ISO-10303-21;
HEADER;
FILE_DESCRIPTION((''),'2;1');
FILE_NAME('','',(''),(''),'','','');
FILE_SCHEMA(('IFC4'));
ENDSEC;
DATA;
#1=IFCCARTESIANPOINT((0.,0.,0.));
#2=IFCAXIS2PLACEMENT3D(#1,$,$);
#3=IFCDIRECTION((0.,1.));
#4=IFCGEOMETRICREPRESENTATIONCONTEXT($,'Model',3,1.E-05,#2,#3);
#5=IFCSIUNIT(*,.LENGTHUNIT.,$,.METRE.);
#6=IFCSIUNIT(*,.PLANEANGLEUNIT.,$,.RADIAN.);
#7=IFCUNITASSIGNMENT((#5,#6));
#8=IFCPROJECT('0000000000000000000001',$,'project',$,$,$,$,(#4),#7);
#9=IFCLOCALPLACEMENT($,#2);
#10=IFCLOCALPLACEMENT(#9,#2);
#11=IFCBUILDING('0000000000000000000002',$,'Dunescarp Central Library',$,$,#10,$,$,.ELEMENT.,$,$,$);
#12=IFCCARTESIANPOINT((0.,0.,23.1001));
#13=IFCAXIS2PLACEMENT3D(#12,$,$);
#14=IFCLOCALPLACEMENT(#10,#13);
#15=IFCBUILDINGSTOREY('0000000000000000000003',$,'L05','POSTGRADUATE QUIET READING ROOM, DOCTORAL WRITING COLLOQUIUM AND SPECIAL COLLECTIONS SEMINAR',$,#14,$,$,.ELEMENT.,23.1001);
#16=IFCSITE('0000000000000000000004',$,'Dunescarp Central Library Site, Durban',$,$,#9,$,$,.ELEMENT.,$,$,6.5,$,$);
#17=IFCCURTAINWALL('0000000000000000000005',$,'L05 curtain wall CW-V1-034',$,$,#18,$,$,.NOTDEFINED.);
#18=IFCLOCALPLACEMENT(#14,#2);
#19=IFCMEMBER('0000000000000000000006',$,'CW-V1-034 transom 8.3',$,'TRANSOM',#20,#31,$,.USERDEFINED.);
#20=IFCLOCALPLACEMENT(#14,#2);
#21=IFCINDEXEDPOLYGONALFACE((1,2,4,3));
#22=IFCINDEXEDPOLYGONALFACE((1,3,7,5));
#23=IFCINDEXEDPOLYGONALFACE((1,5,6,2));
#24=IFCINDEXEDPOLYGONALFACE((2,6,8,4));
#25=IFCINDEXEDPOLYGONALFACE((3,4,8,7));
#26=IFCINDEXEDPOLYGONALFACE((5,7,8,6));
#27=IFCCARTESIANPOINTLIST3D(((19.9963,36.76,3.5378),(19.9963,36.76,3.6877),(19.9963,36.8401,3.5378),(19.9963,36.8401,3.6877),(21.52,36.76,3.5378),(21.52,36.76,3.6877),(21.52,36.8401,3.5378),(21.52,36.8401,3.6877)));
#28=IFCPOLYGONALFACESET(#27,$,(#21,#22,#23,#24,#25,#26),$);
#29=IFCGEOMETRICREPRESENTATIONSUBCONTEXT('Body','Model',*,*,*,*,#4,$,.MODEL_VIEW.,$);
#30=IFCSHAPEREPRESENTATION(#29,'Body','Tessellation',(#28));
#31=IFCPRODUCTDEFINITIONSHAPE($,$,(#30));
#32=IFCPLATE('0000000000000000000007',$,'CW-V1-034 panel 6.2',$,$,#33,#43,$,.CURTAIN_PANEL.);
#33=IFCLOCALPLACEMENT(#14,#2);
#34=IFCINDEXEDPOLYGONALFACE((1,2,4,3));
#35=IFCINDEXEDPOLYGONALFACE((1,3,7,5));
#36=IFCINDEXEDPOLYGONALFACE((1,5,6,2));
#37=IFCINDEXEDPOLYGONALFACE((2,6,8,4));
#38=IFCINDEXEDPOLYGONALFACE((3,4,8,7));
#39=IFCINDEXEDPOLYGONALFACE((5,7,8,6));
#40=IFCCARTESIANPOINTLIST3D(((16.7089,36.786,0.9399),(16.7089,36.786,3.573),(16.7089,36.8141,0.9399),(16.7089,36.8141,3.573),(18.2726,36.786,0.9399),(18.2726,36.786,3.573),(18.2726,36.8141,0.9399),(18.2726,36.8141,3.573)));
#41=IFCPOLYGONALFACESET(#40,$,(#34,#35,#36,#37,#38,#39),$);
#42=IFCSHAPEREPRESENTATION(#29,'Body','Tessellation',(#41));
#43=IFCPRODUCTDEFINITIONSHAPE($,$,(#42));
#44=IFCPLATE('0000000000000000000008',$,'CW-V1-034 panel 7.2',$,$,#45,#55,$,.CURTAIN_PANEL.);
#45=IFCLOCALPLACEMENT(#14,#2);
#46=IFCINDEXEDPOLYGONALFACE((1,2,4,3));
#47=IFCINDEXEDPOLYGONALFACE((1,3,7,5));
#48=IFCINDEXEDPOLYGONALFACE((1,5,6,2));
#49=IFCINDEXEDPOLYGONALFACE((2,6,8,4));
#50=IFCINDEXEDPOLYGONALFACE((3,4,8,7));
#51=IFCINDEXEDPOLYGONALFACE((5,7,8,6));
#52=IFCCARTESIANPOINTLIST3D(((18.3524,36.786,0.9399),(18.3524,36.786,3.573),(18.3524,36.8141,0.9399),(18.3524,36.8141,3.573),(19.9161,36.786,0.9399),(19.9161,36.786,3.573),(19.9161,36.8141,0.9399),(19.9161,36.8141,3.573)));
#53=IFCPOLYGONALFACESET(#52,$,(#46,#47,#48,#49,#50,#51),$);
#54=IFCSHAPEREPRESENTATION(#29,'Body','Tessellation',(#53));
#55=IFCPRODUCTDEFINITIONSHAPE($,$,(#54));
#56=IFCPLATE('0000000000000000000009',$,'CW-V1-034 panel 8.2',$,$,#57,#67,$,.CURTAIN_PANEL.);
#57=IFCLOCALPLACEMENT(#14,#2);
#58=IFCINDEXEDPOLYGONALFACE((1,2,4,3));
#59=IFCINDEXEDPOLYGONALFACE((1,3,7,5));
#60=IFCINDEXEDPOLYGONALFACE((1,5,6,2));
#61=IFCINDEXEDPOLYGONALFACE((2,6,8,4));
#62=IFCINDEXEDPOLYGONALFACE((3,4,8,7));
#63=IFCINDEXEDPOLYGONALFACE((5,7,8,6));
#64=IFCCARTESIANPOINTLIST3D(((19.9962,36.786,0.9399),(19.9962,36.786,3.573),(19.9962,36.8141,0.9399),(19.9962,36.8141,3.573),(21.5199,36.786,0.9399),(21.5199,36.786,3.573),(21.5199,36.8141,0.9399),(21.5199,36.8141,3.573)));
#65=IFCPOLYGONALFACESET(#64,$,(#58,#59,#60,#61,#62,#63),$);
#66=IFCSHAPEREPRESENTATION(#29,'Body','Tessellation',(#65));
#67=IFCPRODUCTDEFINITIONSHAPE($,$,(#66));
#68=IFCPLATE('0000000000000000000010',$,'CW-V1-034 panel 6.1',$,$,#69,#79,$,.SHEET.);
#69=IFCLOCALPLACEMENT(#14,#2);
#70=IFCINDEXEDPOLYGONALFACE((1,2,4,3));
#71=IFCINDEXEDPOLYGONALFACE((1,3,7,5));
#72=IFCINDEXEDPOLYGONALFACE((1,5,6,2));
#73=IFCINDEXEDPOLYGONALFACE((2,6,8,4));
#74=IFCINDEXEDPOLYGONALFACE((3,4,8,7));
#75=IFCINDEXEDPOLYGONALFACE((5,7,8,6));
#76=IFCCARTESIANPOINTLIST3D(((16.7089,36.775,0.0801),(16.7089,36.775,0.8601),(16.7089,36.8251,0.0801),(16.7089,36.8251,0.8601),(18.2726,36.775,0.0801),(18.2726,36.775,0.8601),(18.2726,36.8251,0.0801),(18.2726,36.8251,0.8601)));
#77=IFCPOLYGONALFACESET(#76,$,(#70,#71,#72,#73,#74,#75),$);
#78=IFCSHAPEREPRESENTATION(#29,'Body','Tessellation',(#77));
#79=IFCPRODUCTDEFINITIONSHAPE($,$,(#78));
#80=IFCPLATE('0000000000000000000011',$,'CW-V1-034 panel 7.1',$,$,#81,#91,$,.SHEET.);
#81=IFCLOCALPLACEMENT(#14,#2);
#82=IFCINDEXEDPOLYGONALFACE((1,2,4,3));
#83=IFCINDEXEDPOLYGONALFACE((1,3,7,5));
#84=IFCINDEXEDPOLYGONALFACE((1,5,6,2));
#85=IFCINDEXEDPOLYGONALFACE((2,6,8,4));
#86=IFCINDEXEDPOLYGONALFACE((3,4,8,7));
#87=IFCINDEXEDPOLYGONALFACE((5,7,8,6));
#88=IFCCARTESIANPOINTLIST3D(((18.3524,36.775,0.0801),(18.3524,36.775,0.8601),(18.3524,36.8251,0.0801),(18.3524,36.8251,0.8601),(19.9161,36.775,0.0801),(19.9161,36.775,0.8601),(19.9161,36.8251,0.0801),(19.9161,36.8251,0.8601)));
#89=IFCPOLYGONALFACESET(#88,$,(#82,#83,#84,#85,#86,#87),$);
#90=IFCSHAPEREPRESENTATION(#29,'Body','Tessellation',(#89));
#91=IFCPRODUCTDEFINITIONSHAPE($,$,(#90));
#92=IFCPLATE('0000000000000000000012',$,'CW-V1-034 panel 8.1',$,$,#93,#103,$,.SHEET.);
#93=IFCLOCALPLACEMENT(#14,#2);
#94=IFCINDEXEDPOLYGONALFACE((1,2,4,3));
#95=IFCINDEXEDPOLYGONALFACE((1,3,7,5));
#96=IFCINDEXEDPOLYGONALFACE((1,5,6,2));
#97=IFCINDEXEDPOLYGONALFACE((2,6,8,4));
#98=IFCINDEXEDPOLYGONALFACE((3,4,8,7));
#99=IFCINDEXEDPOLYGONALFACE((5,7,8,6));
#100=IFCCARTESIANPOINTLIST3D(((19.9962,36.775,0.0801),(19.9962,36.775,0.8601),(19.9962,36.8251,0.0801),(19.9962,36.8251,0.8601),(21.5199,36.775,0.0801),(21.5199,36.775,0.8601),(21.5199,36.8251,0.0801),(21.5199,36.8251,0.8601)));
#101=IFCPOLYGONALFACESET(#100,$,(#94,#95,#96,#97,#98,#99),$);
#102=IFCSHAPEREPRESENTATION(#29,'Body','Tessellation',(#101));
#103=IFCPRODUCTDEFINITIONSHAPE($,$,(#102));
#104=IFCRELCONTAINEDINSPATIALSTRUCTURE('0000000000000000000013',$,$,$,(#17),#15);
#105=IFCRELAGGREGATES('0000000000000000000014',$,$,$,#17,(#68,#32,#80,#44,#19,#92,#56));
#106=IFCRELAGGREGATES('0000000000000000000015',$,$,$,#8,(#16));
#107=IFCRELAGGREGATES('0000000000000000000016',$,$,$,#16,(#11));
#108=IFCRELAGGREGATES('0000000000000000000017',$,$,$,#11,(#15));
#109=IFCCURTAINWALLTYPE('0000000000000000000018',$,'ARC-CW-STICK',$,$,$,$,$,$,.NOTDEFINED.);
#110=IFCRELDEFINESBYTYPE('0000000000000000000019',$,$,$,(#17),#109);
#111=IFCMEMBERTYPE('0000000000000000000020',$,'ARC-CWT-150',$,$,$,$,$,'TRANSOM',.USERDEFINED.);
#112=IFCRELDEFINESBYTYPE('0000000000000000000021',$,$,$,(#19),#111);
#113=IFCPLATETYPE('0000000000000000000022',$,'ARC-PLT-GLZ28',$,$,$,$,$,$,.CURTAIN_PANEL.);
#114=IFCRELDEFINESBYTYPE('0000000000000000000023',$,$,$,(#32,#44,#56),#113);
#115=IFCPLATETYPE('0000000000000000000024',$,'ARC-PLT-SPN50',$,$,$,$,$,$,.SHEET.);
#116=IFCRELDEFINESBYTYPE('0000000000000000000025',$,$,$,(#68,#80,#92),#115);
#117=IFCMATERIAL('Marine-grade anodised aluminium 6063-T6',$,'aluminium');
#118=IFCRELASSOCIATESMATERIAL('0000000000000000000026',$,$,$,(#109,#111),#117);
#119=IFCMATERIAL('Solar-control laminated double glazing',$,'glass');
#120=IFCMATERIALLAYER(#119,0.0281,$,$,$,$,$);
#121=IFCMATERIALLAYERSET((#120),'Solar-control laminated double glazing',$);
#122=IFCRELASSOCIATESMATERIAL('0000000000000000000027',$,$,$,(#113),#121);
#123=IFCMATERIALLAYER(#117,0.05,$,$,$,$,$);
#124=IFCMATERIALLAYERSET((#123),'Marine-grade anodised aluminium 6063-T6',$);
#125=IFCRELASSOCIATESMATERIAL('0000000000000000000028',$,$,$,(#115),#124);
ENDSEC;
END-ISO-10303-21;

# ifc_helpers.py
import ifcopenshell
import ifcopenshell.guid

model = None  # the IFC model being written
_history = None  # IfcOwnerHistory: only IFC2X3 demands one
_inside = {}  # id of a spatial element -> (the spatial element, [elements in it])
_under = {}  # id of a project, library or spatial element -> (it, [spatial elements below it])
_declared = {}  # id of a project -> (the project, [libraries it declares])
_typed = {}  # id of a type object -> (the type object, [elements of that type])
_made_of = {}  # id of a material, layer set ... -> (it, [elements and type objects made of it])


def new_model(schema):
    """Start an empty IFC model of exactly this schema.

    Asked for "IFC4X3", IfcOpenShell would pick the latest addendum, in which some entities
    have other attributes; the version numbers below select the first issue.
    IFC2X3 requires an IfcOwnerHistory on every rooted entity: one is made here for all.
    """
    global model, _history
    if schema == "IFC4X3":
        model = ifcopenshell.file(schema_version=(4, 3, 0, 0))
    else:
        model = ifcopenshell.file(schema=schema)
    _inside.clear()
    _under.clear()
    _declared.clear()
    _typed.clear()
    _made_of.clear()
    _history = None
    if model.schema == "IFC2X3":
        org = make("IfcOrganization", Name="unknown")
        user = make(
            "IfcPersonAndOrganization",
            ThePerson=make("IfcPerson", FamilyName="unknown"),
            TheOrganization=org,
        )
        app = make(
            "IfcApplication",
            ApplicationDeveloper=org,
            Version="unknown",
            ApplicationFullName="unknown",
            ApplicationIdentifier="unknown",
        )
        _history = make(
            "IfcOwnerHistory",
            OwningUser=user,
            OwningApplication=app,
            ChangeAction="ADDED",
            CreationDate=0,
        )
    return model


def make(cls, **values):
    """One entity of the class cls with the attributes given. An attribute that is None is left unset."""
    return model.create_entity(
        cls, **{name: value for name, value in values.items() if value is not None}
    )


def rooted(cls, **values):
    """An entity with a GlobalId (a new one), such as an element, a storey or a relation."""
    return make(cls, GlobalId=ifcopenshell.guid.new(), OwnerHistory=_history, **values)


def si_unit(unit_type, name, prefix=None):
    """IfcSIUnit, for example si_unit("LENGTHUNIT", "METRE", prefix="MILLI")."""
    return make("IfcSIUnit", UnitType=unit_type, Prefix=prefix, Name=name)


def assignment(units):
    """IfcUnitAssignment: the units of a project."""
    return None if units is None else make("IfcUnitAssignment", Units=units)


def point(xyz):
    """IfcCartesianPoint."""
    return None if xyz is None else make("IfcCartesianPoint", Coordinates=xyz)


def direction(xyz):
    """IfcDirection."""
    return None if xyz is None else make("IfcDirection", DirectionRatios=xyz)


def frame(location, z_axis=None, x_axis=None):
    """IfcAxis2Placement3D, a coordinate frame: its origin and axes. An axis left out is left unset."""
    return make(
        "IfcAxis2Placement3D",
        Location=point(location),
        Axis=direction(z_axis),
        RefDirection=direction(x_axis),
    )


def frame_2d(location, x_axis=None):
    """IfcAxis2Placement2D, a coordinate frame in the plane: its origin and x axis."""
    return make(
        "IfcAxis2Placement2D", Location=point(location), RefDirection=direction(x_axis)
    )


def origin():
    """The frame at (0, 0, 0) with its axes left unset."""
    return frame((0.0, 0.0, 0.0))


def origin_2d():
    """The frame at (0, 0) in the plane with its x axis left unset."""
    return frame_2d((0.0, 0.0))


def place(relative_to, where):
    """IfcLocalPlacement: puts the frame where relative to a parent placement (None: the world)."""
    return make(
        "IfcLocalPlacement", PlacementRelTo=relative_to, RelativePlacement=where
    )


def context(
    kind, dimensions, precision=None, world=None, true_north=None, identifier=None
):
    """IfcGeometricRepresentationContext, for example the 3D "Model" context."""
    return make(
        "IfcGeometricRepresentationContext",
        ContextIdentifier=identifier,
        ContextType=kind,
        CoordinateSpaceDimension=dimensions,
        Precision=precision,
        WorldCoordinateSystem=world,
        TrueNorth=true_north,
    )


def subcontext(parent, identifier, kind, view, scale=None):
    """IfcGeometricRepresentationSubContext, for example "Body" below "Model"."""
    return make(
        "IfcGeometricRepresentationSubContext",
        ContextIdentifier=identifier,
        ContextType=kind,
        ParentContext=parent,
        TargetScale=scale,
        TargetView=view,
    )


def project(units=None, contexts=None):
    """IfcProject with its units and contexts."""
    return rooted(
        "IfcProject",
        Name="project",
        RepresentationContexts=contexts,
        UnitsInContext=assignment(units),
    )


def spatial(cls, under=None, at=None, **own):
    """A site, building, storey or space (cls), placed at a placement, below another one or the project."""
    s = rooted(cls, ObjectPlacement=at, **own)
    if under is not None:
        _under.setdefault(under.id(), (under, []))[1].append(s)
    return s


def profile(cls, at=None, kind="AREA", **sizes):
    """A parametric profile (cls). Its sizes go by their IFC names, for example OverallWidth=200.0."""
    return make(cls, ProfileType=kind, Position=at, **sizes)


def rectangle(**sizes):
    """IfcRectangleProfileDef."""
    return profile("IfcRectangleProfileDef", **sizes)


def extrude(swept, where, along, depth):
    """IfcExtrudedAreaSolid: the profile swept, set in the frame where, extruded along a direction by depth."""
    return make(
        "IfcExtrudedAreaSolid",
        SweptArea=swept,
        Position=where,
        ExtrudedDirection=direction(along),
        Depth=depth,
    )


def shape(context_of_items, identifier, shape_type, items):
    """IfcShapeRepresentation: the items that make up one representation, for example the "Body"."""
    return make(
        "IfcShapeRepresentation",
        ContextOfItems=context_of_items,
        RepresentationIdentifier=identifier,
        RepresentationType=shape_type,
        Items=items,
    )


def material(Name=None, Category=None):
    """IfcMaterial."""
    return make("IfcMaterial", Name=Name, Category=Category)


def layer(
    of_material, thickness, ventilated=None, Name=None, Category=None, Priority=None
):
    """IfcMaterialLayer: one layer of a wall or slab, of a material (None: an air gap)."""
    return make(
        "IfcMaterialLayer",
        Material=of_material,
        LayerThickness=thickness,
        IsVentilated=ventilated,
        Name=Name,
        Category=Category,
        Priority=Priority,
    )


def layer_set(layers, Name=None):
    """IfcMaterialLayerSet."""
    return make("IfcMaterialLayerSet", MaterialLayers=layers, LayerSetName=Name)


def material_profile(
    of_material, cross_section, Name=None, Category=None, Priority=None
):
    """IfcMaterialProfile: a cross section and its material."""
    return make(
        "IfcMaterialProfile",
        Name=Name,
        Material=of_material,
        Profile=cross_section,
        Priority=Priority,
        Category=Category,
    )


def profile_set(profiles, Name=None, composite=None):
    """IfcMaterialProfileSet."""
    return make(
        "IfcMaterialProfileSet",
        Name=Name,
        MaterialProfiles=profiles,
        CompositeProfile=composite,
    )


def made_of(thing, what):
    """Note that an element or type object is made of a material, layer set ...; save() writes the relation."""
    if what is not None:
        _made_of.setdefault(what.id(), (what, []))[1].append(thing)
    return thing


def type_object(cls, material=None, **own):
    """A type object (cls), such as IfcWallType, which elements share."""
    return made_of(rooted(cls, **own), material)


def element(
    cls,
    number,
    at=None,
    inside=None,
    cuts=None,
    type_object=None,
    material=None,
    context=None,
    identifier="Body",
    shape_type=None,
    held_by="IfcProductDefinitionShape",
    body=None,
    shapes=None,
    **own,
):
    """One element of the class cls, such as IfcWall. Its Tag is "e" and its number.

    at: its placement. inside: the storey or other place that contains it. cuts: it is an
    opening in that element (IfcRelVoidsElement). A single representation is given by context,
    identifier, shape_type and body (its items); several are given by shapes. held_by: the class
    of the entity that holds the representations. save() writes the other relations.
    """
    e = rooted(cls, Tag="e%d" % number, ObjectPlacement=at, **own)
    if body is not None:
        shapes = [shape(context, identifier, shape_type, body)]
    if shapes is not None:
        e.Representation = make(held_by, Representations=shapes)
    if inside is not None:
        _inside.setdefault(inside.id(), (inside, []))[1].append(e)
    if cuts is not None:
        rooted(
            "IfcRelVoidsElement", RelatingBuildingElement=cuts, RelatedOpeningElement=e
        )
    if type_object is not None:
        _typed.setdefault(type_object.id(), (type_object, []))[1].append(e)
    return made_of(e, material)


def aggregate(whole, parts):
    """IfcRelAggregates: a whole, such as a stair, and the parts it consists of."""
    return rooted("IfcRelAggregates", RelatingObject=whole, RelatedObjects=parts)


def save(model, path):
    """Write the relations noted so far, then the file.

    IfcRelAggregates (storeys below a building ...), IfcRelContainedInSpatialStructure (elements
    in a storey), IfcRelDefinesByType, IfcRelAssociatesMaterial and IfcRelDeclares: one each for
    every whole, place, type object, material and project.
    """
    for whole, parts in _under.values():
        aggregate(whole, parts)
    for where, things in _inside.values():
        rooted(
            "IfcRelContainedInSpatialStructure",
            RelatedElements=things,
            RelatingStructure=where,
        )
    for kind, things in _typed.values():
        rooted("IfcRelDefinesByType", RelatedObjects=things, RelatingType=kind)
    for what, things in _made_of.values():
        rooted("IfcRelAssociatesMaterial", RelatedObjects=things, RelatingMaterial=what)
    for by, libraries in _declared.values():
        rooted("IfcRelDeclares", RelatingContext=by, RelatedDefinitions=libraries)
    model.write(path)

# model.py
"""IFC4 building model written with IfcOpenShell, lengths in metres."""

from ifc_helpers import new_model, si_unit, direction, frame, origin, origin_2d, place, context, subcontext, project, spatial, rectangle, extrude, material, layer, layer_set, material_profile, profile_set, type_object, element, aggregate, save


model = new_model("IFC4")

# Units and contexts
model_context = context("Model", 3, precision=1e-05, world=origin(), true_north=direction((0.0, 1.0)))
body_context = subcontext(model_context, "Body", "Model", "MODEL_VIEW")
ifc_project = project(units=[si_unit("LENGTHUNIT", "METRE"), si_unit("PLANEANGLEUNIT", "RADIAN")], contexts=[model_context])

# Site, building, storey
site_placement = place(None, origin())
site = spatial("IfcSite", under=ifc_project, at=site_placement, Name="Dunescarp Central Library Site, Durban", CompositionType="ELEMENT", RefElevation=6.5)
building_placement = place(site_placement, origin())
building = spatial("IfcBuilding", under=site, at=building_placement, Name="Dunescarp Central Library", CompositionType="ELEMENT")
storey_placement = place(building_placement, frame((0.0, 0.0, 23.1001)))
storey = spatial("IfcBuildingStorey", under=building, at=storey_placement, Name="L05", Description="POSTGRADUATE QUIET READING ROOM, DOCTORAL WRITING COLLOQUIUM AND SPECIAL COLLECTIONS SEMINAR", CompositionType="ELEMENT", Elevation=23.1001)

# Shared definitions
ifc_material_1 = material(Name="Marine-grade anodised aluminium 6063-T6", Category="aluminium")
curtain_wall_type = type_object("IfcCurtainWallType", Name="ARC-CW-STICK", PredefinedType="NOTDEFINED", material=ifc_material_1)

# Curtain wall
curtain_wall_1_placement = place(storey_placement, origin())
curtain_wall_1 = element("IfcCurtainWall", 1, at=curtain_wall_1_placement, inside=storey, type_object=curtain_wall_type, Name="L05 curtain wall CW-V1-034", PredefinedType="NOTDEFINED")

# Member
ifc_material_profile_1 = material_profile(ifc_material_1, rectangle(XDim=0.0801, YDim=0.1499, at=origin_2d()), Name="AL 80x150")
ifc_profile_set_1 = profile_set([ifc_material_profile_1], Name="Marine-grade anodised aluminium 6063-T6")
member_type_1 = type_object("IfcMemberType", Name="ARC-CWT-150", ElementType="TRANSOM", PredefinedType="USERDEFINED", material=ifc_profile_set_1)
member_1_placement = place(storey_placement, frame((19.9963, 36.8, 3.6128), z_axis=(1.0, 0.0, 0.0), x_axis=(0.0, 1.0, 0.0)))
member_1 = element("IfcMember", 2, at=member_1_placement, type_object=member_type_1, Name="CW-V1-034 transom 8.3", ObjectType="TRANSOM", PredefinedType="USERDEFINED", context=body_context, shape_type="SweptSolid", body=[
    extrude(rectangle(XDim=0.0801, YDim=0.1499, at=origin_2d()), origin(), (0.0, 0.0, 1.0), 1.5237),
])

# Plates
ifc_material_2 = material(Name="Solar-control laminated double glazing", Category="glass")
ifc_layer_1 = layer(ifc_material_2, 0.0281)
ifc_layer_set_1 = layer_set([ifc_layer_1], Name="Solar-control laminated double glazing")
plate_type_1 = type_object("IfcPlateType", Name="ARC-PLT-GLZ28", PredefinedType="CURTAIN_PANEL", material=ifc_layer_set_1)
plate_1_placement = place(storey_placement, frame((17.4907, 36.8, 0.9399), z_axis=(0.0, 0.0, 1.0), x_axis=(1.0, 0.0, 0.0)))
plate_1 = element("IfcPlate", 3, at=plate_1_placement, type_object=plate_type_1, Name="CW-V1-034 panel 6.2", PredefinedType="CURTAIN_PANEL", context=body_context, shape_type="SweptSolid", body=[
    extrude(rectangle(XDim=1.5637, YDim=0.0281, at=origin_2d()), origin(), (0.0, 0.0, 1.0), 2.6331),
])
plate_2_placement = place(storey_placement, frame((19.1343, 36.8, 0.9399), z_axis=(0.0, 0.0, 1.0), x_axis=(1.0, 0.0, 0.0)))
plate_2 = element("IfcPlate", 4, at=plate_2_placement, type_object=plate_type_1, Name="CW-V1-034 panel 7.2", PredefinedType="CURTAIN_PANEL", context=body_context, shape_type="SweptSolid", body=[
    extrude(rectangle(XDim=1.5637, YDim=0.0281, at=origin_2d()), origin(), (0.0, 0.0, 1.0), 2.6331),
])
plate_3_placement = place(storey_placement, frame((20.7581, 36.8, 0.9399), z_axis=(0.0, 0.0, 1.0), x_axis=(1.0, 0.0, 0.0)))
plate_3 = element("IfcPlate", 5, at=plate_3_placement, type_object=plate_type_1, Name="CW-V1-034 panel 8.2", PredefinedType="CURTAIN_PANEL", context=body_context, shape_type="SweptSolid", body=[
    extrude(rectangle(XDim=1.5237, YDim=0.0281, at=origin_2d()), origin(), (0.0, 0.0, 1.0), 2.6331),
])
ifc_layer_2 = layer(ifc_material_1, 0.05)
ifc_layer_set_2 = layer_set([ifc_layer_2], Name="Marine-grade anodised aluminium 6063-T6")
plate_type_2 = type_object("IfcPlateType", Name="ARC-PLT-SPN50", PredefinedType="SHEET", material=ifc_layer_set_2)
plate_4_placement = place(storey_placement, frame((17.4907, 36.8, 0.0801), z_axis=(0.0, 0.0, 1.0), x_axis=(1.0, 0.0, 0.0)))
plate_4 = element("IfcPlate", 6, at=plate_4_placement, type_object=plate_type_2, Name="CW-V1-034 panel 6.1", PredefinedType="SHEET", context=body_context, shape_type="SweptSolid", body=[
    extrude(rectangle(XDim=1.5637, YDim=0.05, at=origin_2d()), origin(), (0.0, 0.0, 1.0), 0.78),
])
plate_5_placement = place(storey_placement, frame((19.1343, 36.8, 0.0801), z_axis=(0.0, 0.0, 1.0), x_axis=(1.0, 0.0, 0.0)))
plate_5 = element("IfcPlate", 7, at=plate_5_placement, type_object=plate_type_2, Name="CW-V1-034 panel 7.1", PredefinedType="SHEET", context=body_context, shape_type="SweptSolid", body=[
    extrude(rectangle(XDim=1.5637, YDim=0.05, at=origin_2d()), origin(), (0.0, 0.0, 1.0), 0.78),
])
plate_6_placement = place(storey_placement, frame((20.7581, 36.8, 0.0801), z_axis=(0.0, 0.0, 1.0), x_axis=(1.0, 0.0, 0.0)))
plate_6 = element("IfcPlate", 8, at=plate_6_placement, type_object=plate_type_2, Name="CW-V1-034 panel 8.1", PredefinedType="SHEET", context=body_context, shape_type="SweptSolid", body=[
    extrude(rectangle(XDim=1.5237, YDim=0.05, at=origin_2d()), origin(), (0.0, 0.0, 1.0), 0.78),
])
aggregate(curtain_wall_1, [plate_4, plate_1, plate_5, plate_2, member_1, plate_6, plate_3])

save(model, "model.ifc")
